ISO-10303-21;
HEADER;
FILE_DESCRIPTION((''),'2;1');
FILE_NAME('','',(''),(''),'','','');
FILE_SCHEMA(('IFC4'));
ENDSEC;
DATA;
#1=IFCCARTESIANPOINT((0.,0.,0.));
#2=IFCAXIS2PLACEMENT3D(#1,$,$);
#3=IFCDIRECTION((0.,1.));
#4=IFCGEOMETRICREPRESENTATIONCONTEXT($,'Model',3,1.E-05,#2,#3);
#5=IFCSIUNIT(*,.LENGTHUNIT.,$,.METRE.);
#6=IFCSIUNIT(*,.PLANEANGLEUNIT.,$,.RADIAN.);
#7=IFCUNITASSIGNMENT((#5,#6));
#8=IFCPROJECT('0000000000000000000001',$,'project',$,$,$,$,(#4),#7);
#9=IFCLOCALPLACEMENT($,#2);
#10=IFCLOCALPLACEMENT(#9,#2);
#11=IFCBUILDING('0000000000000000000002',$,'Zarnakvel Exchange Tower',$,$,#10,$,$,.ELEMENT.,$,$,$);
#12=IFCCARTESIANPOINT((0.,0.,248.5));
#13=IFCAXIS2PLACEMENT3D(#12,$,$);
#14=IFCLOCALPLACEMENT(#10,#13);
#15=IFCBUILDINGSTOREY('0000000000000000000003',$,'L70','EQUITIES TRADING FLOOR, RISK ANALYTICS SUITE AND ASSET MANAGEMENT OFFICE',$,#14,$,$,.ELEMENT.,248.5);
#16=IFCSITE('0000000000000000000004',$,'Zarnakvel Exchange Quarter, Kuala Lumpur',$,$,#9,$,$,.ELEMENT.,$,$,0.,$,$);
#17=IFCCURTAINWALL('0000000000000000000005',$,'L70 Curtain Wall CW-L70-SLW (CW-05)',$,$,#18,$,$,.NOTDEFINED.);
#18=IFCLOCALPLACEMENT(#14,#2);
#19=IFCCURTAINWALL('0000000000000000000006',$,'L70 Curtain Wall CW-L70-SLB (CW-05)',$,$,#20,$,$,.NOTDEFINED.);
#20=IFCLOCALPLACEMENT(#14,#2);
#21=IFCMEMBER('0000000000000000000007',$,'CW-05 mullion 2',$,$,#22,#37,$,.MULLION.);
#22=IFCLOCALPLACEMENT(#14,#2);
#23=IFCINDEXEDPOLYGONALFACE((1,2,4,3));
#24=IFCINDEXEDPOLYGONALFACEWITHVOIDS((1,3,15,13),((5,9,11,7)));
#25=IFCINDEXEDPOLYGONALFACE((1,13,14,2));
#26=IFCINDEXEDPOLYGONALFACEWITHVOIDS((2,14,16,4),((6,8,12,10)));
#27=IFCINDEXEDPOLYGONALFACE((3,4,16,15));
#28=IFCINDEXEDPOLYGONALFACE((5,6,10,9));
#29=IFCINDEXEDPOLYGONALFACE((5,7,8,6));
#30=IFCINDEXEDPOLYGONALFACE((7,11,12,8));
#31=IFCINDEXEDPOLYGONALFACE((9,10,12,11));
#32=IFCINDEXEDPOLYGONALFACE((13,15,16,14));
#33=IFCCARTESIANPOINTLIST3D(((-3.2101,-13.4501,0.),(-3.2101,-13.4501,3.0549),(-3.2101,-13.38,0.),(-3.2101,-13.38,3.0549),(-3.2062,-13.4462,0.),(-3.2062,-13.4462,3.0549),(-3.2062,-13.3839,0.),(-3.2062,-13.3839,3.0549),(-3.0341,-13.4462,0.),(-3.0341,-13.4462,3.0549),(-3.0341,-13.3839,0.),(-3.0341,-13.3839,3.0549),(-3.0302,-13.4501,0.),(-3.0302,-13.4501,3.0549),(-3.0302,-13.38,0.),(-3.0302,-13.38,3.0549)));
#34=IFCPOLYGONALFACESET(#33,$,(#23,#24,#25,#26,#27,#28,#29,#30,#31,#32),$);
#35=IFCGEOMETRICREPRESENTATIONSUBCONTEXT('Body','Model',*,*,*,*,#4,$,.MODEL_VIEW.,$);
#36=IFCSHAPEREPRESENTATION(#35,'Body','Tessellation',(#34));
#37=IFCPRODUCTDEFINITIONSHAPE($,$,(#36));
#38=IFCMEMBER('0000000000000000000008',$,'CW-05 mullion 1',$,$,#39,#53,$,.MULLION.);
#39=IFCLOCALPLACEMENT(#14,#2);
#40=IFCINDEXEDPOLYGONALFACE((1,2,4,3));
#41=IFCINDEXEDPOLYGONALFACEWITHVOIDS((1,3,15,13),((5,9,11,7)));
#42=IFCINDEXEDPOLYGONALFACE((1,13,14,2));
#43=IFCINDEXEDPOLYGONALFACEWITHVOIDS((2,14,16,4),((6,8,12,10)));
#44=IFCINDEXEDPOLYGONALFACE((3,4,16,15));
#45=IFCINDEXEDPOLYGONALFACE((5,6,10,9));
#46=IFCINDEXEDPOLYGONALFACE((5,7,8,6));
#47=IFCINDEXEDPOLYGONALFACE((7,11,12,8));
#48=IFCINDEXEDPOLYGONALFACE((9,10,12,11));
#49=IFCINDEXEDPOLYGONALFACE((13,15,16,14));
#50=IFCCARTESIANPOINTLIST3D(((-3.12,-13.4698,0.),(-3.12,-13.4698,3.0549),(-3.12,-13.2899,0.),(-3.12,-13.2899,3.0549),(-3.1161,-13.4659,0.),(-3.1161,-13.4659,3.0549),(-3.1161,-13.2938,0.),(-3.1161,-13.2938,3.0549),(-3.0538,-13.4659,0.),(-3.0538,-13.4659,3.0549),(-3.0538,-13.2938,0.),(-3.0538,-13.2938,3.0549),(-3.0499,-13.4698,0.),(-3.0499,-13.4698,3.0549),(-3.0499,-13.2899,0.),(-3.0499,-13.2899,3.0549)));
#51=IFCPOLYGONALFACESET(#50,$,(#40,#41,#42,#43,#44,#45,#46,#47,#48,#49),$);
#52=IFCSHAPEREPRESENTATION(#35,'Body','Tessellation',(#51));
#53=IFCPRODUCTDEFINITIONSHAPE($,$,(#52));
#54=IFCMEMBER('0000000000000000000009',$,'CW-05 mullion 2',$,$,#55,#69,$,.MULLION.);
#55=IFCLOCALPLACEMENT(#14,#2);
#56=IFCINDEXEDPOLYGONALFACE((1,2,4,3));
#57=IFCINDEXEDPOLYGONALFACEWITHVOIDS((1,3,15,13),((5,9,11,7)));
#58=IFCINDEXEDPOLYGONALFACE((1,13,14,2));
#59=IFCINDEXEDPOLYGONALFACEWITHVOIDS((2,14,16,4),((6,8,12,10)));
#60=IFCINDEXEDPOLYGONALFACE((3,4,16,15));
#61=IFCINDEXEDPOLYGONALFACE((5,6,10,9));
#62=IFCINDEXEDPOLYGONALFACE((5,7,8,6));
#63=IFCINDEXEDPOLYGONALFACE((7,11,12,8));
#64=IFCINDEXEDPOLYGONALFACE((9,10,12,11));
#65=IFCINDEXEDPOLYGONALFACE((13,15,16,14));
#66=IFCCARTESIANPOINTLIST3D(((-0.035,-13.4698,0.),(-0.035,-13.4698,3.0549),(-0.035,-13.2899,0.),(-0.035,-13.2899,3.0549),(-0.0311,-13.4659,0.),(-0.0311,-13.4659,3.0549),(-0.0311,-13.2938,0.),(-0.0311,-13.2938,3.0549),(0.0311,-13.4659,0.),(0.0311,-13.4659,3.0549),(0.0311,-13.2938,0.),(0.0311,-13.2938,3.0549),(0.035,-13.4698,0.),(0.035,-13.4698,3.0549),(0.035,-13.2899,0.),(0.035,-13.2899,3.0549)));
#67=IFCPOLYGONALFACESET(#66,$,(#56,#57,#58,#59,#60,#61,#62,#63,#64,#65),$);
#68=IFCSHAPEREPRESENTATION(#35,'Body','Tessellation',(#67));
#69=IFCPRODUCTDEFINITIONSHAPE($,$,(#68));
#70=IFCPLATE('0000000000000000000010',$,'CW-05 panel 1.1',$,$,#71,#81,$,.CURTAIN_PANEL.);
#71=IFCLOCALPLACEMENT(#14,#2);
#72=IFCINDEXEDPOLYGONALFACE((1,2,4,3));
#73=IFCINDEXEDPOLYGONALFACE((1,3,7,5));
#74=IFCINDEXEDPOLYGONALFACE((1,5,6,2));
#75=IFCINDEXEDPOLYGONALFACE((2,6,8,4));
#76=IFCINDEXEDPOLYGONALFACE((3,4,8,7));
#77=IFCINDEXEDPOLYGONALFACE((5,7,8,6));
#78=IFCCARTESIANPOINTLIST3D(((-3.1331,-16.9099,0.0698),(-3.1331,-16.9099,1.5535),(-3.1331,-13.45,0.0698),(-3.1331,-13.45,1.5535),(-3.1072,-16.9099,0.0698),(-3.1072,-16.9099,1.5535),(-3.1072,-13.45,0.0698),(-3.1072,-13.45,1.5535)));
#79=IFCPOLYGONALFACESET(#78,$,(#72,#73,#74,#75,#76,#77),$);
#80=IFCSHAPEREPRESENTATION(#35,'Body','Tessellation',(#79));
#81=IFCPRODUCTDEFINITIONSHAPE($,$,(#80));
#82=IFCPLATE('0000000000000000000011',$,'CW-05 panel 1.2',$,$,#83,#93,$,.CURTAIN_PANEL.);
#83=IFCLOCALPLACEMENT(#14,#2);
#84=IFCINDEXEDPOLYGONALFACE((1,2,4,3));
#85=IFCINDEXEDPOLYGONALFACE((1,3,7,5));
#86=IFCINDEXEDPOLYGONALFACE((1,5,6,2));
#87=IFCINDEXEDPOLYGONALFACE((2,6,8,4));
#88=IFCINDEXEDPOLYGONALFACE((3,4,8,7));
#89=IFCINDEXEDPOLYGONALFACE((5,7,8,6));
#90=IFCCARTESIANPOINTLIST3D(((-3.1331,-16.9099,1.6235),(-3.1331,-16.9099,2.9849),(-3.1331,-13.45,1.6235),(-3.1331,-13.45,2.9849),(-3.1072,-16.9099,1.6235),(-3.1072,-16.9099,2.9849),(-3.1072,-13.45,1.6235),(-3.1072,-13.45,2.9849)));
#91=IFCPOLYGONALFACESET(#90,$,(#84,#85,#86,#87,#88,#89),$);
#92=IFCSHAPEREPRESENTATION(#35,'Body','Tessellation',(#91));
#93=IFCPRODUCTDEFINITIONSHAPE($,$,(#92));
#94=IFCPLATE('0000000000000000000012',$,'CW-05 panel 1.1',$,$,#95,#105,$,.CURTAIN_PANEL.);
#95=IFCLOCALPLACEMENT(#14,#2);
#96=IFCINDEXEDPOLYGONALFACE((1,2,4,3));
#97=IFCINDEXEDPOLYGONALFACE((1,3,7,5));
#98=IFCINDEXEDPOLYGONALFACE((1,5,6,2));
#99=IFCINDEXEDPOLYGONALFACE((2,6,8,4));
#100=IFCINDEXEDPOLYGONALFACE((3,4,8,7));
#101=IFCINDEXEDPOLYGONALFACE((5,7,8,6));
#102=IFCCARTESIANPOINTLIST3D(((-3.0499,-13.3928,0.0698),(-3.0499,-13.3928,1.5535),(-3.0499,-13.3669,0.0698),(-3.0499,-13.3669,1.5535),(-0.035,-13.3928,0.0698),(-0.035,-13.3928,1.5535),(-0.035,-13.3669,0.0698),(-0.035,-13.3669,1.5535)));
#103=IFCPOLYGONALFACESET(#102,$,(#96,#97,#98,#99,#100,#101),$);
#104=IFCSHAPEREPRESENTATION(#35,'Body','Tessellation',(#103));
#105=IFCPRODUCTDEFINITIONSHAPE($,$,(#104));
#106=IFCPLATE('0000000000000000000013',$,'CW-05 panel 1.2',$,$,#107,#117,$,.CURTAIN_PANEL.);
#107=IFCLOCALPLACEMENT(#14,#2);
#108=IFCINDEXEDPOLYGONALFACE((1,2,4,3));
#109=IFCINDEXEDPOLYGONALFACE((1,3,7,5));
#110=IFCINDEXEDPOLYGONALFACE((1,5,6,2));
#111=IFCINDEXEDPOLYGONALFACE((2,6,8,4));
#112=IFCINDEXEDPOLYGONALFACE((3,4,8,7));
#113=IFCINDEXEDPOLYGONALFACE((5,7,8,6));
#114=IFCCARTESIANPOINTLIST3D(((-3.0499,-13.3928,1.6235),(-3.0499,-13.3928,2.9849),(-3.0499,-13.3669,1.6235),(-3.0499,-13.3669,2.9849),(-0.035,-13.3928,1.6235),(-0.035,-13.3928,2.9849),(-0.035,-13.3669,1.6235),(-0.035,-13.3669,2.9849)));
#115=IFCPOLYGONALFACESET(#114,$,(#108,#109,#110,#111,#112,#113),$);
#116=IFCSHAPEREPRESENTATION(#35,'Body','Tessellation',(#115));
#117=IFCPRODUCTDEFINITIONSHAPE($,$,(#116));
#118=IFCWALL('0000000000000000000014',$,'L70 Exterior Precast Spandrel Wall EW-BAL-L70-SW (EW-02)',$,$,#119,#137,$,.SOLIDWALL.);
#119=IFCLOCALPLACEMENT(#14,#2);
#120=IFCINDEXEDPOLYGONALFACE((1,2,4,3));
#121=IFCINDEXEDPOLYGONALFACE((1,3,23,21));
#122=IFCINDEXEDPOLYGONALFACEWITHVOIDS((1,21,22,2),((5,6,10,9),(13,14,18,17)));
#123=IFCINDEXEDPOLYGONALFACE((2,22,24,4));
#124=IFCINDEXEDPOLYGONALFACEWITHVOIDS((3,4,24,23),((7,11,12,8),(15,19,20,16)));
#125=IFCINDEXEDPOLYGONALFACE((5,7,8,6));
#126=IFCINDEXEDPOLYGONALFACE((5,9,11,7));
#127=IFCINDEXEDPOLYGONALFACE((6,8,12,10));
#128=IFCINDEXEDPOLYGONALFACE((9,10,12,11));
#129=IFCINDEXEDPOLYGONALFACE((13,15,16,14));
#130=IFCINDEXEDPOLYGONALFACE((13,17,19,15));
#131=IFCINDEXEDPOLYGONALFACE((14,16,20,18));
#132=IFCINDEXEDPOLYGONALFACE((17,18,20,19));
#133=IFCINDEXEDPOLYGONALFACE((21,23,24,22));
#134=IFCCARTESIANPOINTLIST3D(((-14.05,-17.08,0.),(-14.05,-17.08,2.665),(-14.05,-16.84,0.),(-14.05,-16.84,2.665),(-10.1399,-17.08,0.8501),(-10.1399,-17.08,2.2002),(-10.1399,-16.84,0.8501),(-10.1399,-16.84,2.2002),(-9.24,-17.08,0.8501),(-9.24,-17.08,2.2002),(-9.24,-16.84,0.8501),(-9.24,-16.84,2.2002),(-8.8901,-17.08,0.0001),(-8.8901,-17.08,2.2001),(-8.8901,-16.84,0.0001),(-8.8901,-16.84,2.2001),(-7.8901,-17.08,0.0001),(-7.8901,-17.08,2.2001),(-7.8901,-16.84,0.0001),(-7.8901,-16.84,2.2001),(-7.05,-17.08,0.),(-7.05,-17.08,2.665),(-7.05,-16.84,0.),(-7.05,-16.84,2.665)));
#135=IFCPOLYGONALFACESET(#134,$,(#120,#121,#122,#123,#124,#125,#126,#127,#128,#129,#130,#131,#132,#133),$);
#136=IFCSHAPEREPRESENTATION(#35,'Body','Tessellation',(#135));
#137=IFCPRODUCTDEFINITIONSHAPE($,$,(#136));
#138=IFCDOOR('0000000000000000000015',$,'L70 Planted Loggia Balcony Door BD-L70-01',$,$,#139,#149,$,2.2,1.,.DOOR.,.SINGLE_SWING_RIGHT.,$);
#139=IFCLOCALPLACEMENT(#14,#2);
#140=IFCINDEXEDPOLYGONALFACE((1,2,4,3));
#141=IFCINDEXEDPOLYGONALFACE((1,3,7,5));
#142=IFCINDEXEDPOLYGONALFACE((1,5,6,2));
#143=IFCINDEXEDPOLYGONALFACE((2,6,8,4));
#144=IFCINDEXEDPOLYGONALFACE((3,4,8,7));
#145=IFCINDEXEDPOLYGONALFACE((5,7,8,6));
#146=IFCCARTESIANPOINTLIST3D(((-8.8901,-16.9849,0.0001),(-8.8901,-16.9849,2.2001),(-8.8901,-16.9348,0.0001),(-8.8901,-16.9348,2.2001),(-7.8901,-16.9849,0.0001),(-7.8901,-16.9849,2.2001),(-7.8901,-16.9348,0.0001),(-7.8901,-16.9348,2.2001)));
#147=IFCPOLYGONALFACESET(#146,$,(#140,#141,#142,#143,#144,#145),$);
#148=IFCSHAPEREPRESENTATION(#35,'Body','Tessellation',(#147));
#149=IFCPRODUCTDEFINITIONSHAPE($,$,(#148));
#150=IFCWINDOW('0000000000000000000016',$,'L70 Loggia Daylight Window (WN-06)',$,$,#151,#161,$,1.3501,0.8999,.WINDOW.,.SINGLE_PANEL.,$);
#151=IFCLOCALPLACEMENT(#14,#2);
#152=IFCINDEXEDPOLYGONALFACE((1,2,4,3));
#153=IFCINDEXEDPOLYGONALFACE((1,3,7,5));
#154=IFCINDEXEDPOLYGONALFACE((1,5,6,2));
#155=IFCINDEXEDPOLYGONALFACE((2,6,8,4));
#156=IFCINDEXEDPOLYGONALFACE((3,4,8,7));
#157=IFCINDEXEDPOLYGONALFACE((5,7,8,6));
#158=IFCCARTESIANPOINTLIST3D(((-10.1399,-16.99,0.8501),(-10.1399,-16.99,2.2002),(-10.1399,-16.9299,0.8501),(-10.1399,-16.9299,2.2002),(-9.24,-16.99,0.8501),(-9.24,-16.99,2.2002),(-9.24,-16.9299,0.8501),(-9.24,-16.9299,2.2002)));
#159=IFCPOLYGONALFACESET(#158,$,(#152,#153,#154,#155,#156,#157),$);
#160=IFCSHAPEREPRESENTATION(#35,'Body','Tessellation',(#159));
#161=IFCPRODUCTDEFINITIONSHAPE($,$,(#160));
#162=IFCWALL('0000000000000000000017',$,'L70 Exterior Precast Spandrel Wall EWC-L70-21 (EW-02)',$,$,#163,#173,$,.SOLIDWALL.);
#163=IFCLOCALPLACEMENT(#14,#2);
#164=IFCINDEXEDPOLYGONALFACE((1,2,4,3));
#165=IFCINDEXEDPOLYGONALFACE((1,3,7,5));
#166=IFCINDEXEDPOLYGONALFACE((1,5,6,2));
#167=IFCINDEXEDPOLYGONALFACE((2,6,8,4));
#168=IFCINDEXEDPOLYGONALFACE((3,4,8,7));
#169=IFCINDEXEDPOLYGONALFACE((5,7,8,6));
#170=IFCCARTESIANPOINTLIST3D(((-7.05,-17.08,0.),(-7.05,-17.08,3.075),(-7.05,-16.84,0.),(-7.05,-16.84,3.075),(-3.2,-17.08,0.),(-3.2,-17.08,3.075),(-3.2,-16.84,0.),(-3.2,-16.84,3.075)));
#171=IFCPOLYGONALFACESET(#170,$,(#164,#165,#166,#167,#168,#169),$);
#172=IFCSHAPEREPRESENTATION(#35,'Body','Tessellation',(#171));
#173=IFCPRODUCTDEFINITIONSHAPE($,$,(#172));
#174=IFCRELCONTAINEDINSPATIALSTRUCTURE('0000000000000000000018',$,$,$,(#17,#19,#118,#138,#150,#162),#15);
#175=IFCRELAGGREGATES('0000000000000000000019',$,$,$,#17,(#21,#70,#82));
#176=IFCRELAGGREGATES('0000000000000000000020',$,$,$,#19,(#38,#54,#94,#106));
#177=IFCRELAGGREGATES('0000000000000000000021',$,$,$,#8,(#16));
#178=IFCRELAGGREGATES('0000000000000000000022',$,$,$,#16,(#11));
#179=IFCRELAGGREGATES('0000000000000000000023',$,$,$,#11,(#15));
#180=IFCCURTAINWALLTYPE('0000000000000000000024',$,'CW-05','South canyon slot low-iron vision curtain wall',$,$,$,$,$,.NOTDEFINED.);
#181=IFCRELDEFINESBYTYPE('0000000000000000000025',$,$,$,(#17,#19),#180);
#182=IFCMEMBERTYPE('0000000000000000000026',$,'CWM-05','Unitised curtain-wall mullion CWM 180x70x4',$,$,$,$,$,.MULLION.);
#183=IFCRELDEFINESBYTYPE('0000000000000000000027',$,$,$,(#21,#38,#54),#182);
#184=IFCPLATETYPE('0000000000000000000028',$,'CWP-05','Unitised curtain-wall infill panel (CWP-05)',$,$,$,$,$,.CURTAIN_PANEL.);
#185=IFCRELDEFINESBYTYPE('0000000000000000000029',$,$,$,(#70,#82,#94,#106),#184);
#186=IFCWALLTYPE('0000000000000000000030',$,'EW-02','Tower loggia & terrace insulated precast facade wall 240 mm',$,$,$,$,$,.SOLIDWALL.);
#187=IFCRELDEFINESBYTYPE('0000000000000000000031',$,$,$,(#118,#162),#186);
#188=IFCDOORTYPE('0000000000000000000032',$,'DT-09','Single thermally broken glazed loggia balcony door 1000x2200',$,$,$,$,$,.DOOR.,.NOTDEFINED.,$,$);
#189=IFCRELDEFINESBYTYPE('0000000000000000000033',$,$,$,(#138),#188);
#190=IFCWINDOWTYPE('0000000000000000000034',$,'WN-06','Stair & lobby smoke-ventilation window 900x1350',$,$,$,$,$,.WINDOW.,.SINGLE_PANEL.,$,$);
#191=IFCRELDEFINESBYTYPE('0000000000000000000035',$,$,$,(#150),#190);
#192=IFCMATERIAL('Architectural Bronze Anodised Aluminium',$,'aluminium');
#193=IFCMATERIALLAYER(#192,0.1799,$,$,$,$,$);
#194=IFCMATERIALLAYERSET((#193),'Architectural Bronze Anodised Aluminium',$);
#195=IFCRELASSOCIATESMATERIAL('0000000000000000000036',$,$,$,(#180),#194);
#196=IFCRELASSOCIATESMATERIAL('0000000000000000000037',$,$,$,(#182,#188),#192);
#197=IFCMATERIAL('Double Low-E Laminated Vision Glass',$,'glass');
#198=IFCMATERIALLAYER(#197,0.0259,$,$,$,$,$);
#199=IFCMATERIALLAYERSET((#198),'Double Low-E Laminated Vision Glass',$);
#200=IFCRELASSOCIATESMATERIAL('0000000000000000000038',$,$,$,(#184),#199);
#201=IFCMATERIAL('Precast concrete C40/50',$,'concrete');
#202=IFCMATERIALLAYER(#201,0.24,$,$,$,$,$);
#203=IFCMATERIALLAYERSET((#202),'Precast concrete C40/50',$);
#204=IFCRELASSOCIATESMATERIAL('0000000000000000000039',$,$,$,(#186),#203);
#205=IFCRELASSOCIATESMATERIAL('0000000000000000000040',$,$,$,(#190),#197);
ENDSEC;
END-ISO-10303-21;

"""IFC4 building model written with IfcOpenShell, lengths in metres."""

from ifc_helpers import new_model, si_unit, direction, frame, frame_2d, origin, origin_2d, place, context, subcontext, project, spatial, rectangle, hollow_rectangle, extrude, source, transform, mapped, material, layer, layer_set, material_profile, profile_set, type_object, element, fill, aggregate, save


model = new_model("IFC4")

# Units and contexts
model_context = context("Model", 3, precision=1e-05, world=origin(), true_north=direction((0.0, 1.0)))
body_context = subcontext(model_context, "Body", "Model", "MODEL_VIEW")
ifc_project = project(units=[si_unit("LENGTHUNIT", "METRE"), si_unit("PLANEANGLEUNIT", "RADIAN")], contexts=[model_context])

# Site, building, storey
site_placement = place(None, origin())
site = spatial("IfcSite", under=ifc_project, at=site_placement, Name="Zarnakvel Exchange Quarter, Kuala Lumpur", CompositionType="ELEMENT", RefElevation=0.0)
building_placement = place(site_placement, origin())
building = spatial("IfcBuilding", under=site, at=building_placement, Name="Zarnakvel Exchange Tower", CompositionType="ELEMENT")
storey_placement = place(building_placement, frame((0.0, 0.0, 248.5)))
storey = spatial("IfcBuildingStorey", under=building, at=storey_placement, Name="L70", Description="EQUITIES TRADING FLOOR, RISK ANALYTICS SUITE AND ASSET MANAGEMENT OFFICE", CompositionType="ELEMENT", Elevation=248.5)

# Curtain walls
ifc_material_1 = material(Name="Architectural Bronze Anodised Aluminium", Category="aluminium")
ifc_layer_1 = layer(ifc_material_1, 0.1799)
ifc_layer_set_1 = layer_set([ifc_layer_1], Name="Architectural Bronze Anodised Aluminium")
curtain_wall_type = type_object("IfcCurtainWallType", Name="CW-05", Description="South canyon slot low-iron vision curtain wall", PredefinedType="NOTDEFINED", material=ifc_layer_set_1)
curtain_wall_1_placement = place(storey_placement, origin())
curtain_wall_1 = element("IfcCurtainWall", 1, at=curtain_wall_1_placement, inside=storey, type_object=curtain_wall_type, Name="L70 Curtain Wall CW-L70-SLW (CW-05)", PredefinedType="NOTDEFINED")
curtain_wall_2_placement = place(storey_placement, origin())
curtain_wall_2 = element("IfcCurtainWall", 2, at=curtain_wall_2_placement, inside=storey, type_object=curtain_wall_type, Name="L70 Curtain Wall CW-L70-SLB (CW-05)", PredefinedType="NOTDEFINED")

# Members
ifc_material_profile_1 = material_profile(ifc_material_1, hollow_rectangle(XDim=0.1799, YDim=0.0701, WallThickness=0.0039, at=origin_2d()))
ifc_profile_set_1 = profile_set([ifc_material_profile_1], Name="Architectural Bronze Anodised Aluminium")
member_type_1 = type_object("IfcMemberType", Name="CWM-05", Description="Unitised curtain-wall mullion CWM 180x70x4", PredefinedType="MULLION", material=ifc_profile_set_1)
shared_shape_1 = source(origin(), body_context, "Body", "SweptSolid", [
    extrude(hollow_rectangle(XDim=0.1799, YDim=0.0701, WallThickness=0.0039, at=origin_2d()), origin(), (0.0, 0.0, 1.0), 3.0549),
])
member_1_placement = place(storey_placement, frame((-3.1201, -13.415, 0.0), z_axis=(0.0, 0.0, 1.0), x_axis=(-1.0, 0.0, 0.0)))
member_1 = element("IfcMember", 3, at=member_1_placement, type_object=member_type_1, Name="CW-05 mullion 2", PredefinedType="MULLION", context=body_context, shape_type="MappedRepresentation", body=[
    mapped(shared_shape_1, transform((0.0, 0.0, 0.0), x_axis=(1.0, 0.0, 0.0), y_axis=(0.0, 1.0, 0.0), z_axis=(0.0, 0.0, 1.0), scale=1.0)),
])
member_2_placement = place(storey_placement, frame((-3.085, -13.3799, 0.0), z_axis=(0.0, 0.0, 1.0), x_axis=(0.0, 1.0, 0.0)))
member_2 = element("IfcMember", 4, at=member_2_placement, type_object=member_type_1, Name="CW-05 mullion 1", PredefinedType="MULLION", context=body_context, shape_type="MappedRepresentation", body=[
    mapped(shared_shape_1, transform((0.0, 0.0, 0.0), x_axis=(1.0, 0.0, 0.0), y_axis=(0.0, 1.0, 0.0), z_axis=(0.0, 0.0, 1.0), scale=1.0)),
])
member_3_placement = place(storey_placement, frame((0.0, -13.3799, 0.0), z_axis=(0.0, 0.0, 1.0), x_axis=(0.0, 1.0, 0.0)))
member_3 = element("IfcMember", 5, at=member_3_placement, type_object=member_type_1, Name="CW-05 mullion 2", PredefinedType="MULLION", context=body_context, shape_type="MappedRepresentation", body=[
    mapped(shared_shape_1, transform((0.0, 0.0, 0.0), x_axis=(1.0, 0.0, 0.0), y_axis=(0.0, 1.0, 0.0), z_axis=(0.0, 0.0, 1.0), scale=1.0)),
])

# Plates
ifc_material_2 = material(Name="Double Low-E Laminated Vision Glass", Category="glass")
ifc_layer_2 = layer(ifc_material_2, 0.0259)
ifc_layer_set_2 = layer_set([ifc_layer_2], Name="Double Low-E Laminated Vision Glass")
plate_type = type_object("IfcPlateType", Name="CWP-05", Description="Unitised curtain-wall infill panel (CWP-05)", PredefinedType="CURTAIN_PANEL", material=ifc_layer_set_2)
shared_shape_2 = source(origin(), body_context, "Body", "SweptSolid", [
    extrude(rectangle(XDim=3.46, YDim=0.0259, at=origin_2d()), origin(), (0.0, 0.0, 1.0), 1.4836),
])
plate_1_placement = place(storey_placement, frame((-3.1201, -15.1799, 0.0698), z_axis=(0.0, 0.0, 1.0), x_axis=(0.0, 1.0, 0.0)))
plate_1 = element("IfcPlate", 6, at=plate_1_placement, type_object=plate_type, Name="CW-05 panel 1.1", PredefinedType="CURTAIN_PANEL", context=body_context, shape_type="MappedRepresentation", body=[
    mapped(shared_shape_2, transform((0.0, 0.0, 0.0), x_axis=(1.0, 0.0, 0.0), y_axis=(0.0, 1.0, 0.0), z_axis=(0.0, 0.0, 1.0), scale=1.0)),
])
shared_shape_3 = source(origin(), body_context, "Body", "SweptSolid", [
    extrude(rectangle(XDim=3.46, YDim=0.0259, at=origin_2d()), origin(), (0.0, 0.0, 1.0), 1.3613),
])
plate_2_placement = place(storey_placement, frame((-3.1201, -15.1799, 1.6235), z_axis=(0.0, 0.0, 1.0), x_axis=(0.0, 1.0, 0.0)))
plate_2 = element("IfcPlate", 7, at=plate_2_placement, type_object=plate_type, Name="CW-05 panel 1.2", PredefinedType="CURTAIN_PANEL", context=body_context, shape_type="MappedRepresentation", body=[
    mapped(shared_shape_3, transform((0.0, 0.0, 0.0), x_axis=(1.0, 0.0, 0.0), y_axis=(0.0, 1.0, 0.0), z_axis=(0.0, 0.0, 1.0), scale=1.0)),
])
aggregate(curtain_wall_1, [member_1, plate_1, plate_2])
shared_shape_4 = source(origin(), body_context, "Body", "SweptSolid", [
    extrude(rectangle(XDim=3.0149, YDim=0.0259, at=origin_2d()), origin(), (0.0, 0.0, 1.0), 1.4836),
])
plate_3_placement = place(storey_placement, frame((-1.5425, -13.3799, 0.0698), z_axis=(0.0, 0.0, 1.0), x_axis=(1.0, 0.0, 0.0)))
plate_3 = element("IfcPlate", 8, at=plate_3_placement, type_object=plate_type, Name="CW-05 panel 1.1", PredefinedType="CURTAIN_PANEL", context=body_context, shape_type="MappedRepresentation", body=[
    mapped(shared_shape_4, transform((0.0, 0.0, 0.0), x_axis=(1.0, 0.0, 0.0), y_axis=(0.0, 1.0, 0.0), z_axis=(0.0, 0.0, 1.0), scale=1.0)),
])
shared_shape_5 = source(origin(), body_context, "Body", "SweptSolid", [
    extrude(rectangle(XDim=3.0149, YDim=0.0259, at=origin_2d()), origin(), (0.0, 0.0, 1.0), 1.3613),
])
plate_4_placement = place(storey_placement, frame((-1.5425, -13.3799, 1.6235), z_axis=(0.0, 0.0, 1.0), x_axis=(1.0, 0.0, 0.0)))
plate_4 = element("IfcPlate", 9, at=plate_4_placement, type_object=plate_type, Name="CW-05 panel 1.2", PredefinedType="CURTAIN_PANEL", context=body_context, shape_type="MappedRepresentation", body=[
    mapped(shared_shape_5, transform((0.0, 0.0, 0.0), x_axis=(1.0, 0.0, 0.0), y_axis=(0.0, 1.0, 0.0), z_axis=(0.0, 0.0, 1.0), scale=1.0)),
])
aggregate(curtain_wall_2, [member_2, member_3, plate_3, plate_4])

# Wall, openings, door, window
ifc_material_3 = material(Name="Precast concrete C40/50", Category="concrete")
ifc_layer_3 = layer(ifc_material_3, 0.24)
ifc_layer_set_3 = layer_set([ifc_layer_3], Name="Precast concrete C40/50")
wall_type = type_object("IfcWallType", Name="EW-02", Description="Tower loggia & terrace insulated precast facade wall 240 mm", PredefinedType="SOLIDWALL", material=ifc_layer_set_3)
wall_1_placement = place(storey_placement, frame((-7.05, -16.96, 0.0), z_axis=(0.0, 0.0, 1.0), x_axis=(-1.0, 0.0, 0.0)))
wall_1 = element("IfcWall", 10, at=wall_1_placement, inside=storey, type_object=wall_type, Name="L70 Exterior Precast Spandrel Wall EW-BAL-L70-SW (EW-02)", PredefinedType="SOLIDWALL", context=body_context, shape_type="SweptSolid", body=[
    extrude(rectangle(XDim=7.0, YDim=0.24, at=frame_2d((3.5, 0.0))), origin(), (0.0, 0.0, 1.0), 2.665),
])
opening_1_placement = place(wall_1_placement, frame((0.8401, 0.0, 0.0)))
opening_1 = element("IfcOpeningElement", 11, at=opening_1_placement, cuts=wall_1, PredefinedType="OPENING", context=body_context, shape_type="SweptSolid", body=[
    extrude(rectangle(XDim=1.0, YDim=2.2, at=frame_2d((0.5, 1.1001))), frame((0.0, 0.1299, 0.0), z_axis=(0.0, -1.0, 0.0), x_axis=(1.0, 0.0, 0.0)), (0.0, 0.0, 1.0), 0.26),
])
opening_2_placement = place(wall_1_placement, frame((2.1899, 0.0, 0.8501)))
opening_2 = element("IfcOpeningElement", 12, at=opening_2_placement, cuts=wall_1, PredefinedType="OPENING", context=body_context, shape_type="SweptSolid", body=[
    extrude(rectangle(XDim=0.8999, YDim=1.3501, at=frame_2d((0.45, 0.675))), frame((0.0, 0.1299, 0.0), z_axis=(0.0, -1.0, 0.0), x_axis=(1.0, 0.0, 0.0)), (0.0, 0.0, 1.0), 0.26),
])
door_type = type_object("IfcDoorType", Name="DT-09", Description="Single thermally broken glazed loggia balcony door 1000x2200", OperationType="NOTDEFINED", PredefinedType="DOOR", material=ifc_material_1)
shared_shape_6 = source(origin(), body_context, "Body", "SweptSolid", [
    extrude(rectangle(XDim=1.0, YDim=2.2, at=frame_2d((0.5, 1.1001))), frame((0.0, 0.0249, 0.0), z_axis=(0.0, -1.0, 0.0), x_axis=(1.0, 0.0, 0.0)), (0.0, 0.0, 1.0), 0.05),
])
door_placement = place(opening_1_placement, origin())
door = element("IfcDoor", 13, at=door_placement, inside=storey, type_object=door_type, Name="L70 Planted Loggia Balcony Door BD-L70-01", OperationType="SINGLE_SWING_RIGHT", OverallHeight=2.2, OverallWidth=1.0, PredefinedType="DOOR", context=body_context, shape_type="MappedRepresentation", body=[
    mapped(shared_shape_6, transform((0.0, 0.0, 0.0), x_axis=(1.0, 0.0, 0.0), y_axis=(0.0, 1.0, 0.0), z_axis=(0.0, 0.0, 1.0), scale=1.0)),
])
fill(opening_1, door)
window_type = type_object("IfcWindowType", Name="WN-06", Description="Stair & lobby smoke-ventilation window 900x1350", PartitioningType="SINGLE_PANEL", PredefinedType="WINDOW", material=ifc_material_2)
shared_shape_7 = source(origin(), body_context, "Body", "SweptSolid", [
    extrude(rectangle(XDim=0.8999, YDim=1.3501, at=frame_2d((0.45, 0.675))), frame((0.0, 0.03, 0.0), z_axis=(0.0, -1.0, 0.0), x_axis=(1.0, 0.0, 0.0)), (0.0, 0.0, 1.0), 0.0601),
])
window_placement = place(opening_2_placement, origin())
window = element("IfcWindow", 14, at=window_placement, inside=storey, type_object=window_type, Name="L70 Loggia Daylight Window (WN-06)", OverallHeight=1.3501, OverallWidth=0.8999, PartitioningType="SINGLE_PANEL", PredefinedType="WINDOW", context=body_context, shape_type="MappedRepresentation", body=[
    mapped(shared_shape_7, transform((0.0, 0.0, 0.0), x_axis=(1.0, 0.0, 0.0), y_axis=(0.0, 1.0, 0.0), z_axis=(0.0, 0.0, 1.0), scale=1.0)),
])
fill(opening_2, window)

# Wall
wall_2_placement = place(storey_placement, frame((-7.05, -16.96, 0.0), z_axis=(0.0, 0.0, 1.0), x_axis=(1.0, 0.0, 0.0)))
element("IfcWall", 15, at=wall_2_placement, inside=storey, type_object=wall_type, Name="L70 Exterior Precast Spandrel Wall EWC-L70-21 (EW-02)", PredefinedType="SOLIDWALL", context=body_context, shape_type="SweptSolid", body=[
    extrude(rectangle(XDim=3.8501, YDim=0.24, at=frame_2d((1.925, 0.0))), origin(), (0.0, 0.0, 1.0), 3.075),
])

save(model, "model.ifc")
